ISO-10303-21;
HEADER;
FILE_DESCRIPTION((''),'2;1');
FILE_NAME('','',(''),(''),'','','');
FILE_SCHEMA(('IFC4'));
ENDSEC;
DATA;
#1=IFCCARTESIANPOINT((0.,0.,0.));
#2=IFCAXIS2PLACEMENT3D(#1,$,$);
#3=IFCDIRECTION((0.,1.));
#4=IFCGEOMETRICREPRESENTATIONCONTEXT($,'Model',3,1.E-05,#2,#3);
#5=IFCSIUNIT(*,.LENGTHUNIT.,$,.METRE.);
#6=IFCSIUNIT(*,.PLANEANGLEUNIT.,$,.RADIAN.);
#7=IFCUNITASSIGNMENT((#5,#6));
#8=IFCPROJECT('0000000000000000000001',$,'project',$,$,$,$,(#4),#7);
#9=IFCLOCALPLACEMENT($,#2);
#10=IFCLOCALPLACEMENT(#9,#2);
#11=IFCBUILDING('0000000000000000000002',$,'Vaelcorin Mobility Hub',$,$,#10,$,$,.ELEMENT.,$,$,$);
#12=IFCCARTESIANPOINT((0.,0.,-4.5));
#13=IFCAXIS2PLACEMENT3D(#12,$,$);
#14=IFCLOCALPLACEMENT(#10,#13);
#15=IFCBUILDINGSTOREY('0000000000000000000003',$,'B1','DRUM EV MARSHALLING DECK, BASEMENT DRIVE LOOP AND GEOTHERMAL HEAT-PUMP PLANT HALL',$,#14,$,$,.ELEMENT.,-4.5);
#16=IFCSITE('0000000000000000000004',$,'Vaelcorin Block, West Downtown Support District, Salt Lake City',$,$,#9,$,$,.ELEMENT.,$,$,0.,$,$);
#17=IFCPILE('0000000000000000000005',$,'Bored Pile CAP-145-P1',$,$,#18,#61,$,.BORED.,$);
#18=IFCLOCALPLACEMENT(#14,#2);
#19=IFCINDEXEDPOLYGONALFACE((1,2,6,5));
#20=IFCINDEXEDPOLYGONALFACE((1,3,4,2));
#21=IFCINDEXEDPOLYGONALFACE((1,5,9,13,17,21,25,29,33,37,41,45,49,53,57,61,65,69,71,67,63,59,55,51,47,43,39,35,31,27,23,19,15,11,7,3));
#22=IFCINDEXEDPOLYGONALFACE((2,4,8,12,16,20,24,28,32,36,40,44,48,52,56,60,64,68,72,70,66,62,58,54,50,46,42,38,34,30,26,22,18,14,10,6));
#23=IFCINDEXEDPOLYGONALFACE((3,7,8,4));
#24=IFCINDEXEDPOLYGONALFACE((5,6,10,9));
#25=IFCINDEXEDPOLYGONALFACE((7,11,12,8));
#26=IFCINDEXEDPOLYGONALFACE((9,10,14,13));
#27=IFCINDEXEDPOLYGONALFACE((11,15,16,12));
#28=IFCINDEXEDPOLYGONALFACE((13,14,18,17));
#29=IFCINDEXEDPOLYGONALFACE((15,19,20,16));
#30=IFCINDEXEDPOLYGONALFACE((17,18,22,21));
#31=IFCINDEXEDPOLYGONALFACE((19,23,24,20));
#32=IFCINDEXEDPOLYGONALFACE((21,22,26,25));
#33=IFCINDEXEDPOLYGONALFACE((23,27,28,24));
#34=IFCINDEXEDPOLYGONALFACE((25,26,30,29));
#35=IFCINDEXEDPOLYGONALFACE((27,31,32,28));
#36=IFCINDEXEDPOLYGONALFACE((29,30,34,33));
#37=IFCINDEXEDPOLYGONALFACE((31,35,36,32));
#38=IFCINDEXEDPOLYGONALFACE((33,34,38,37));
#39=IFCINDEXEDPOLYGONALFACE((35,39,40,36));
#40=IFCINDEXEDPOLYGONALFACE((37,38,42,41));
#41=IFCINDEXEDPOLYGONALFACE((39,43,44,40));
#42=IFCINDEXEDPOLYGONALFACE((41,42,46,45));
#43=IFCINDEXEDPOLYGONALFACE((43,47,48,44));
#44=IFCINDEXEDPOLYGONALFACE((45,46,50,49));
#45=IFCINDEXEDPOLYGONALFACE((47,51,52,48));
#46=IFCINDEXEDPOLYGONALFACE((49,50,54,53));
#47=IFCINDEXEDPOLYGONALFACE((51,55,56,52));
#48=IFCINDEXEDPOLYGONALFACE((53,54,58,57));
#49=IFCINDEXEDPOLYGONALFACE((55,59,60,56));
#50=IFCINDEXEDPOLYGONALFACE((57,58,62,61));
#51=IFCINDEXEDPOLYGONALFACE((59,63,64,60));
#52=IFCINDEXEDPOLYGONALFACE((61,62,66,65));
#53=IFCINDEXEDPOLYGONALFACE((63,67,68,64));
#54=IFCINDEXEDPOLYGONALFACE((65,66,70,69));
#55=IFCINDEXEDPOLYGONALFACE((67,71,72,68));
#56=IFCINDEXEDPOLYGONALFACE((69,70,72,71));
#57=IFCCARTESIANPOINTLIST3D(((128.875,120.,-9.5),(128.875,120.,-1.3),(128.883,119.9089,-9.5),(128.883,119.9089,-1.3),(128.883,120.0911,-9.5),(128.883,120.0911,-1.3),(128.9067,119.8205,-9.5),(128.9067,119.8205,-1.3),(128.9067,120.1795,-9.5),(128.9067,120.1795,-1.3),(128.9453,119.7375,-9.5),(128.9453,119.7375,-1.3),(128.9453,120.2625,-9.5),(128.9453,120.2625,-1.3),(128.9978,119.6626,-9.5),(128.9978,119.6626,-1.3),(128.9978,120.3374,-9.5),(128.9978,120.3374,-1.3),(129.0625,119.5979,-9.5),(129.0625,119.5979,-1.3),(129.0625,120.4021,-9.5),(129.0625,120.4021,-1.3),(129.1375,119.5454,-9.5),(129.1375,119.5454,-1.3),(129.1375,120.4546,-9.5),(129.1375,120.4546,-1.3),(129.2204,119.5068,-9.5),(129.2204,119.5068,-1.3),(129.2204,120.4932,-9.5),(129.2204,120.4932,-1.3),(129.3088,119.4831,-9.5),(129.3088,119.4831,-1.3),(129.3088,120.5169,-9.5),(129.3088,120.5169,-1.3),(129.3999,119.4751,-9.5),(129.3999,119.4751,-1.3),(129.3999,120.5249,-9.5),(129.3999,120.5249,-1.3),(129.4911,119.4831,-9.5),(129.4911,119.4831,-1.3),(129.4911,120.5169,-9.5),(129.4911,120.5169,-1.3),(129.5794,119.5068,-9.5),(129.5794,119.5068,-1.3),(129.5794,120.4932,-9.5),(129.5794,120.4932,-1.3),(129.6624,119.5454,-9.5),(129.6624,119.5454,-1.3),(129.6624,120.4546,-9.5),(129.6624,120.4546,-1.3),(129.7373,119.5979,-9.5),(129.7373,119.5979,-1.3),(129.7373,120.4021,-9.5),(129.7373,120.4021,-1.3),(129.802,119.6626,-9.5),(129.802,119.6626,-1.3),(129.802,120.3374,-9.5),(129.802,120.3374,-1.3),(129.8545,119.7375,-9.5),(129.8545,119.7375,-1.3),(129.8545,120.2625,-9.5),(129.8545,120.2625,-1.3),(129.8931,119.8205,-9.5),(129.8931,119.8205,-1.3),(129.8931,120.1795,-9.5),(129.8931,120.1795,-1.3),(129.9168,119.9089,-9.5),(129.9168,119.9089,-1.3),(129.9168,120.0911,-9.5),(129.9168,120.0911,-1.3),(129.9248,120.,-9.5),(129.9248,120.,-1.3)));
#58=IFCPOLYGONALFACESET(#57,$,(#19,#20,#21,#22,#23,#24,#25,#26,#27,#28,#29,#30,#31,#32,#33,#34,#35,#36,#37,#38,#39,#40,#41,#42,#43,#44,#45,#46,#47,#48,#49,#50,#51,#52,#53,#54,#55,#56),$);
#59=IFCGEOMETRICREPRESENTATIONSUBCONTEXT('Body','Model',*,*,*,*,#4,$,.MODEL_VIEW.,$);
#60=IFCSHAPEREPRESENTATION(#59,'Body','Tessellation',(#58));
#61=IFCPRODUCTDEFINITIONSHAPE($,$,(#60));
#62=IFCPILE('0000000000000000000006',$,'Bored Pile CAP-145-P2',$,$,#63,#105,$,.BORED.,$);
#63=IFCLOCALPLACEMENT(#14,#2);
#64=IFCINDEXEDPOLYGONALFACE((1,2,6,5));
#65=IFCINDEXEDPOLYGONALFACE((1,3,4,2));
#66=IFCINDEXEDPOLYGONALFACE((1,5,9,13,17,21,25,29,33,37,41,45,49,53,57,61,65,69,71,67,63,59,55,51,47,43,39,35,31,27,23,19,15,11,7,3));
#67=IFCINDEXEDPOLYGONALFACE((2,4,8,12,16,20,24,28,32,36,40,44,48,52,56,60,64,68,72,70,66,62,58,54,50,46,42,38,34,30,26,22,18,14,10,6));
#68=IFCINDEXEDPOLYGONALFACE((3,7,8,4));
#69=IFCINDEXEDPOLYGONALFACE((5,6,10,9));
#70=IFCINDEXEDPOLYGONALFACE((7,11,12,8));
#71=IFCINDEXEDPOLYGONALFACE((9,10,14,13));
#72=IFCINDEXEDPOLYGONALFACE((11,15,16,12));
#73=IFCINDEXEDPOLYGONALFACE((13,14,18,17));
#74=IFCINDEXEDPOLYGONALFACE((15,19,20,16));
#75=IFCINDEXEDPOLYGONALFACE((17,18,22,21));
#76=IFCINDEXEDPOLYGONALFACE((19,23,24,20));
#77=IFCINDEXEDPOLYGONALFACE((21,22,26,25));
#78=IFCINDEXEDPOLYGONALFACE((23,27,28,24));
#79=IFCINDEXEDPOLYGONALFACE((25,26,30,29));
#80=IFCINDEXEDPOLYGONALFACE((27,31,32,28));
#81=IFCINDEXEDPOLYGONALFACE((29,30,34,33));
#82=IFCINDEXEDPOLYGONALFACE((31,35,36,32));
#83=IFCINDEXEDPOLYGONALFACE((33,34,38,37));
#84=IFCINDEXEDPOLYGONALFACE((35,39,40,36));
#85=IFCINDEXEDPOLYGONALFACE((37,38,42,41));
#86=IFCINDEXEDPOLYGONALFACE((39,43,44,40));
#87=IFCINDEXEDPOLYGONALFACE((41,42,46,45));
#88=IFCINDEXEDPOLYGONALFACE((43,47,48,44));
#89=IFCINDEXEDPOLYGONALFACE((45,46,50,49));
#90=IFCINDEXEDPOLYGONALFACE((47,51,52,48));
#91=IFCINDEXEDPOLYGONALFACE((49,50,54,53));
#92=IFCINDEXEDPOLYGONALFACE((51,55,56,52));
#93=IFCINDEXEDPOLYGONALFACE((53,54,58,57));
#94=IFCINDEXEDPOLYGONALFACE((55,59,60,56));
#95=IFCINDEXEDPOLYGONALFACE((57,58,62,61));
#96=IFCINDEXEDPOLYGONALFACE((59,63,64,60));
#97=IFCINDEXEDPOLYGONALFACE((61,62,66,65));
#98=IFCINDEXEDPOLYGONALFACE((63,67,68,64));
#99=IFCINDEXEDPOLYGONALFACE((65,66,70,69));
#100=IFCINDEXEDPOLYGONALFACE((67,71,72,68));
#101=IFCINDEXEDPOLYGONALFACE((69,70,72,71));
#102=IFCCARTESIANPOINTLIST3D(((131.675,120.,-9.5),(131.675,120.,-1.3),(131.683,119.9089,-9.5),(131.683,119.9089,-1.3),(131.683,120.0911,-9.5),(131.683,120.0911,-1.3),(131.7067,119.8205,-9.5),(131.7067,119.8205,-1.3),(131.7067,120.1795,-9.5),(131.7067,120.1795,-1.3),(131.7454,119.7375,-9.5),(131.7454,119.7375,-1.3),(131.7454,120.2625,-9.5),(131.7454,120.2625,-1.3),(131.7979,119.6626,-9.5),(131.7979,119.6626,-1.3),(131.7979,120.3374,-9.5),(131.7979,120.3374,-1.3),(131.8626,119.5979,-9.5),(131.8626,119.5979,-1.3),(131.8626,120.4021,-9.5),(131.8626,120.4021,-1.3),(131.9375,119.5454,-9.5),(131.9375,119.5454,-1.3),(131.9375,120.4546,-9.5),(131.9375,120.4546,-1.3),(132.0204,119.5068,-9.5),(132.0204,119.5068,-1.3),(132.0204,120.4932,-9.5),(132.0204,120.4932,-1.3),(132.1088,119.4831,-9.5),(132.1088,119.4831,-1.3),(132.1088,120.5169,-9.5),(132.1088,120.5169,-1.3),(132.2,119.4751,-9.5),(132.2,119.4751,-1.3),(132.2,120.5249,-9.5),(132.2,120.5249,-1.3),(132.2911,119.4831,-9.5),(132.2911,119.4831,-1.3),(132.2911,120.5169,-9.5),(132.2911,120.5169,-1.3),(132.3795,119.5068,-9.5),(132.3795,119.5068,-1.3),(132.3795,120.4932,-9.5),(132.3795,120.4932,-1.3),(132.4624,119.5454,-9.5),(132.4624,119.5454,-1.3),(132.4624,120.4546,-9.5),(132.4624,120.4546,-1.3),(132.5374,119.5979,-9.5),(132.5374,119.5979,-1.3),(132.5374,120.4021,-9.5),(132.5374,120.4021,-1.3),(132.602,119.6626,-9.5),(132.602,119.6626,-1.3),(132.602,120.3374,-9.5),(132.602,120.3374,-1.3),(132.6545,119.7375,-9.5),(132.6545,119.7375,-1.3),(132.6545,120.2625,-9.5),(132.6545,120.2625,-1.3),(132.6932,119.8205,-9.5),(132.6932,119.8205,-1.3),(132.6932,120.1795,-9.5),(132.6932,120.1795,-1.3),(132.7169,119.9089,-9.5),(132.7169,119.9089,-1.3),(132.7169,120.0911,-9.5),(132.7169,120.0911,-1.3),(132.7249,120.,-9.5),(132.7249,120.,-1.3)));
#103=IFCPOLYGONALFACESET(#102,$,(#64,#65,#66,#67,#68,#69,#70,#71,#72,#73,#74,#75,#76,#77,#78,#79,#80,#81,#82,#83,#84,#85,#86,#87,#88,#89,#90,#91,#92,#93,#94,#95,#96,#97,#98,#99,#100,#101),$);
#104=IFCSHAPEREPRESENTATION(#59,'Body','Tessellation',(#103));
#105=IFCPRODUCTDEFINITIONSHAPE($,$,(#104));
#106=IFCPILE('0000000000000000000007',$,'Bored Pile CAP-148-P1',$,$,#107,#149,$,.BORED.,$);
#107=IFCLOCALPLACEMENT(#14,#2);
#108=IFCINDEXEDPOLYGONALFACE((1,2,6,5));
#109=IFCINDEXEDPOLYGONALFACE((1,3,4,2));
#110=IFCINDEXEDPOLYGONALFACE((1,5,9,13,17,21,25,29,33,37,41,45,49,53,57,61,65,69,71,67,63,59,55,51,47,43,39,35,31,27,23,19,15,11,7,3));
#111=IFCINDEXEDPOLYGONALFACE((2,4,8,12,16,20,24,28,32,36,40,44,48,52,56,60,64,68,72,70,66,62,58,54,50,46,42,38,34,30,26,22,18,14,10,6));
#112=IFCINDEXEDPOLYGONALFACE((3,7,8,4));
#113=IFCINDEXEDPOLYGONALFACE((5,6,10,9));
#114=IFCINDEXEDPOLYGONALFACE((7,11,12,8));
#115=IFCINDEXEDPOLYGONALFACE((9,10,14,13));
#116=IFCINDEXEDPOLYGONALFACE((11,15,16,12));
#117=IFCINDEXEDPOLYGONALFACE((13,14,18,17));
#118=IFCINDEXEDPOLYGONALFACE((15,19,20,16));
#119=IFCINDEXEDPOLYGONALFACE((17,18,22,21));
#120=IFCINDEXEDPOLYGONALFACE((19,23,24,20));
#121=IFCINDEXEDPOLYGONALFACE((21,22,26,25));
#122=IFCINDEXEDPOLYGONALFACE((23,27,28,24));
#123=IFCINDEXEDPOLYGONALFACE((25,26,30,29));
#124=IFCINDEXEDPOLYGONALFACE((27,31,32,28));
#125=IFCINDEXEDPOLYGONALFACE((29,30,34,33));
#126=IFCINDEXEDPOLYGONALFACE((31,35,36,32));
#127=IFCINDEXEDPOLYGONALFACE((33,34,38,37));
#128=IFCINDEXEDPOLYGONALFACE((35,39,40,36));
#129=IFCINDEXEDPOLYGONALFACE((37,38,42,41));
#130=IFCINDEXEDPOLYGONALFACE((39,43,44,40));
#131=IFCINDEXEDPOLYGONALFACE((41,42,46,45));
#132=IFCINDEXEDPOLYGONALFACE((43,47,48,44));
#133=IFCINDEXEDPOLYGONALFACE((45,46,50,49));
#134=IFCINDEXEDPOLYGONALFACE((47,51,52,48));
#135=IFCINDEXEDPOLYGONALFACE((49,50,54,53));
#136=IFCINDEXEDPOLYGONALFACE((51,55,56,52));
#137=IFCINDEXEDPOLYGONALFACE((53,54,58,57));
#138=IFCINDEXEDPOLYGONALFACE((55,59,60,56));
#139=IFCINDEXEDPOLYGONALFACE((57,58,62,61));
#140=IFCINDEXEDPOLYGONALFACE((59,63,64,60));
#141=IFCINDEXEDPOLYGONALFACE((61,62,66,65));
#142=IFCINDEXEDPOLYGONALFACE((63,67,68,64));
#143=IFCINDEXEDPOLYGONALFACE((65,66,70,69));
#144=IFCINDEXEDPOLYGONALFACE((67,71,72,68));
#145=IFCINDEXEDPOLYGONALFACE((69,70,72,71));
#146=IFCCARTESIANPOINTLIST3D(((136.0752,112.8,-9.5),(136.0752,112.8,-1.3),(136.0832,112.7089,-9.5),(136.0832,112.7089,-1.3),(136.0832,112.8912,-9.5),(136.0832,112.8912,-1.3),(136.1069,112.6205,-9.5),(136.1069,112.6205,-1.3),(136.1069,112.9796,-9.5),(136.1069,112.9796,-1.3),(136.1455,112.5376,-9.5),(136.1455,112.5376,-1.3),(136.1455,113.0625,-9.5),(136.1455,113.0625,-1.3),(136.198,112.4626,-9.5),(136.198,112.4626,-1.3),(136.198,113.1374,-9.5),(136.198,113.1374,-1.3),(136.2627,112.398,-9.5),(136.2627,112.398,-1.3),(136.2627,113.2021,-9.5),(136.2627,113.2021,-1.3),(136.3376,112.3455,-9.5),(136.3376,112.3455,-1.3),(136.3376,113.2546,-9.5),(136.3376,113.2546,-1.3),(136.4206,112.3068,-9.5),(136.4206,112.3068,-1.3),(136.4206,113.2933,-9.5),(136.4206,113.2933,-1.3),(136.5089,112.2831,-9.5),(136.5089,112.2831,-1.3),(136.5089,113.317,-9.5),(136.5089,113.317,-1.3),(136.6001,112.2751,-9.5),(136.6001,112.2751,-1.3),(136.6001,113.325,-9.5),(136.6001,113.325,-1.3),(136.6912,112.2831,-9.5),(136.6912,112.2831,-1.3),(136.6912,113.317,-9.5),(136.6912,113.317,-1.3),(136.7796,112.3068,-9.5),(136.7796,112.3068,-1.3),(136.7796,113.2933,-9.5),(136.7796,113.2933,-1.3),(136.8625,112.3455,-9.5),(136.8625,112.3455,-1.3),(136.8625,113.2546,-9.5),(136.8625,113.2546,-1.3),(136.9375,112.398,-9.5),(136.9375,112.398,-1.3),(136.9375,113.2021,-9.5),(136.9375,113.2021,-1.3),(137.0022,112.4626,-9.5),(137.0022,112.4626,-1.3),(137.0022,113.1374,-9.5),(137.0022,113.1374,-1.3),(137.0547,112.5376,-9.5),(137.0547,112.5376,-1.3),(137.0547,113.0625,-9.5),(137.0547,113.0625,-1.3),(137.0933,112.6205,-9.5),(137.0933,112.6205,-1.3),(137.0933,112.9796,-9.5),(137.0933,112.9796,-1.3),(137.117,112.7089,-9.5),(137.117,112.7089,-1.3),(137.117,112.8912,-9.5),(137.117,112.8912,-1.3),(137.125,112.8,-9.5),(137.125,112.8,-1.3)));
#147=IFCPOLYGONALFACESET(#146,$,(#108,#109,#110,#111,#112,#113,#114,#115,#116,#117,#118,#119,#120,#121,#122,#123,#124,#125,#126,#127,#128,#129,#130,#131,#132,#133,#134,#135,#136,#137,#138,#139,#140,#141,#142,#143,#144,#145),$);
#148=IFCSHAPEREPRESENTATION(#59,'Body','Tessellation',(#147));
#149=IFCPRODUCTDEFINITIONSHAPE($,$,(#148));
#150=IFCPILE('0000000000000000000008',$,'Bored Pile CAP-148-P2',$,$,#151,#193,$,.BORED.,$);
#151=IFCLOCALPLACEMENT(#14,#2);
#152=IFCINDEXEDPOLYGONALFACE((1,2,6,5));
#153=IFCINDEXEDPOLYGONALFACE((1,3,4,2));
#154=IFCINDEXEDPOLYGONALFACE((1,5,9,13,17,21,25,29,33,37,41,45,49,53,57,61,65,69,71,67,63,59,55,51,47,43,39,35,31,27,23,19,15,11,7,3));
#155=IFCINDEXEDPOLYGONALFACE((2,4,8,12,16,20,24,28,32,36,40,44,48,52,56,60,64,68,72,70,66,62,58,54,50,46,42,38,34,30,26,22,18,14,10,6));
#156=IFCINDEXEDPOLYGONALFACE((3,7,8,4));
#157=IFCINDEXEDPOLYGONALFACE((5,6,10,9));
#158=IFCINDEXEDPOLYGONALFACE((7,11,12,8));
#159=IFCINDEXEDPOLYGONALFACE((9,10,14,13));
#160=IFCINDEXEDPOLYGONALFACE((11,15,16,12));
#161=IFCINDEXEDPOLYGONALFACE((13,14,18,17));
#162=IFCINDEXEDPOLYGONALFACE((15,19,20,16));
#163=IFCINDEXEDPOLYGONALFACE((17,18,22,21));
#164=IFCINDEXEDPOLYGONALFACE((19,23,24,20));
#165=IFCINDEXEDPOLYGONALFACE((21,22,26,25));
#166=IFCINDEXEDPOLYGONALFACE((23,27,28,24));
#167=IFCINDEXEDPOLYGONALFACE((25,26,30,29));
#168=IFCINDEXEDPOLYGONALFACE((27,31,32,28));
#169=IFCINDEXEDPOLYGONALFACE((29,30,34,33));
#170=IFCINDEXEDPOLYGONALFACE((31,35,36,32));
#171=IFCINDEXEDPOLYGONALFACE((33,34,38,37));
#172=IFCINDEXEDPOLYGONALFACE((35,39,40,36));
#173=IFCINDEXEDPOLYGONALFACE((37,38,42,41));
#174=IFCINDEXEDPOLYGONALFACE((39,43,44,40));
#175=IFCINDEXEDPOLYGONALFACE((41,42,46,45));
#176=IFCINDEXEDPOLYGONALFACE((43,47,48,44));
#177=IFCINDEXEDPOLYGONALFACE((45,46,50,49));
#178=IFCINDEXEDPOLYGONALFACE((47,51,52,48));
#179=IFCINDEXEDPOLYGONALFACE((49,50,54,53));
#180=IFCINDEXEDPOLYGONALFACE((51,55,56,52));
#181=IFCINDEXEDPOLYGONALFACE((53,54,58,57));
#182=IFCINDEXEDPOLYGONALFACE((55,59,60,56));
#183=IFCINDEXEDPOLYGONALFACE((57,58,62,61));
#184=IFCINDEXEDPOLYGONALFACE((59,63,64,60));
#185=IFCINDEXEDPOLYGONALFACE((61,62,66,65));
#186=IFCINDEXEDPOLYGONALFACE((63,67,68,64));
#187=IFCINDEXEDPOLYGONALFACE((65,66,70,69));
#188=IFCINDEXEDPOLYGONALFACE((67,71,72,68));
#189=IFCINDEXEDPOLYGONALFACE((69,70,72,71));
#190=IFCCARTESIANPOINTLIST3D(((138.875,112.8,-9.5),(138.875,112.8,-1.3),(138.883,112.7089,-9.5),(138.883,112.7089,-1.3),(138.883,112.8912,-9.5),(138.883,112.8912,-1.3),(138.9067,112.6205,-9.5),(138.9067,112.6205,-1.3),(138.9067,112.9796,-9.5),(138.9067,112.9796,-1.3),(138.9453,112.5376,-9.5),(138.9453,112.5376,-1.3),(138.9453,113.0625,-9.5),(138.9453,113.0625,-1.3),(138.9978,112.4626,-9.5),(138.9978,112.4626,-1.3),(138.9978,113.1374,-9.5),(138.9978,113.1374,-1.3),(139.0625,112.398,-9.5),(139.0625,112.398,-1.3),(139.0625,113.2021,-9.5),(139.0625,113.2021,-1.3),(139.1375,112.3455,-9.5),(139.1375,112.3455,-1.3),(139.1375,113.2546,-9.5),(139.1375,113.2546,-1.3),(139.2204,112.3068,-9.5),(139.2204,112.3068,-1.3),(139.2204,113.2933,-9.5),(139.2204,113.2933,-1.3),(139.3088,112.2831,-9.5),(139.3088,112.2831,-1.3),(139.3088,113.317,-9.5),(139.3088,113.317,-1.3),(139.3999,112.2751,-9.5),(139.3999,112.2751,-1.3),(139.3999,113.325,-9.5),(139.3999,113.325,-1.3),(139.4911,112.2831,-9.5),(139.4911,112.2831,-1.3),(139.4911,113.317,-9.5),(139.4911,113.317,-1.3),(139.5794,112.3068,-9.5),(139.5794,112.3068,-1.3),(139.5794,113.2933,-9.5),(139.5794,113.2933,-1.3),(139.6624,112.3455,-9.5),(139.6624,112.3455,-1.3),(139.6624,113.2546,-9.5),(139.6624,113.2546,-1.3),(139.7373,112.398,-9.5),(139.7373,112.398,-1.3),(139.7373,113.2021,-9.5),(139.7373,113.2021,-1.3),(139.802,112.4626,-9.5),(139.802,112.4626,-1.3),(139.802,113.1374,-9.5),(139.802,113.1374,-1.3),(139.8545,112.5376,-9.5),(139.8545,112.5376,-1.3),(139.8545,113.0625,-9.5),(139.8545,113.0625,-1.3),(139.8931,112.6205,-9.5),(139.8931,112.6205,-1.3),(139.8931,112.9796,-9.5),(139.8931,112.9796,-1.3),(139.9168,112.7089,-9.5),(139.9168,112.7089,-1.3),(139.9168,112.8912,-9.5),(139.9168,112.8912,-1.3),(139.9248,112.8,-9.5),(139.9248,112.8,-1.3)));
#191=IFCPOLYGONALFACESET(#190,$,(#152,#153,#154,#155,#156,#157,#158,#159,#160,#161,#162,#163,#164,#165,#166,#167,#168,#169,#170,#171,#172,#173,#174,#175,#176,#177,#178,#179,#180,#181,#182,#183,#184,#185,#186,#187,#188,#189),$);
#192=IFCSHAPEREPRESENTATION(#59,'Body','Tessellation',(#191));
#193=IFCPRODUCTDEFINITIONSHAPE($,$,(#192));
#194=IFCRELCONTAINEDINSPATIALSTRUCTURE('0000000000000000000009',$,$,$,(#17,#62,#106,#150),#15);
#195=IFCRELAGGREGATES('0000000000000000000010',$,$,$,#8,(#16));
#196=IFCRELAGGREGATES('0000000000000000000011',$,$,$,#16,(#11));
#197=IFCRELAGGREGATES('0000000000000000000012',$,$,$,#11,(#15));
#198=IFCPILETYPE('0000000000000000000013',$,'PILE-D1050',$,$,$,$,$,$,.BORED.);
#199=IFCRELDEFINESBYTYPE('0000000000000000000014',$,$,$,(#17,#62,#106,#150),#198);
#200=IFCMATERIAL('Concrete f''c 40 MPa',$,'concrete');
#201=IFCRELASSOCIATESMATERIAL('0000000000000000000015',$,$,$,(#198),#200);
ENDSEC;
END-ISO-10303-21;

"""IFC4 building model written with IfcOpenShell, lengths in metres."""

from ifc_helpers import new_model, si_unit, direction, frame, origin, origin_2d, place, context, subcontext, project, spatial, circle, extrude, material, material_profile, profile_set, type_object, element, save


model = new_model("IFC4")

# Units and contexts
model_context = context("Model", 3, precision=1e-05, world=origin(), true_north=direction((0.0, 1.0)))
body_context = subcontext(model_context, "Body", "Model", "MODEL_VIEW")
ifc_project = project(units=[si_unit("LENGTHUNIT", "METRE"), si_unit("PLANEANGLEUNIT", "RADIAN")], contexts=[model_context])

# Site, building, storey
site_placement = place(None, origin())
site = spatial("IfcSite", under=ifc_project, at=site_placement, Name="Vaelcorin Block, West Downtown Support District, Salt Lake City", CompositionType="ELEMENT", RefElevation=0.0)
building_placement = place(site_placement, origin())
building = spatial("IfcBuilding", under=site, at=building_placement, Name="Vaelcorin Mobility Hub", CompositionType="ELEMENT")
storey_placement = place(building_placement, frame((0.0, 0.0, -4.5)))
storey = spatial("IfcBuildingStorey", under=building, at=storey_placement, Name="B1", Description="DRUM EV MARSHALLING DECK, BASEMENT DRIVE LOOP AND GEOTHERMAL HEAT-PUMP PLANT HALL", CompositionType="ELEMENT", Elevation=-4.5)

# Shared definitions
ifc_material_1 = material(Name="Concrete f'c 40 MPa", Category="concrete")

# Piles
ifc_material_profile_1 = material_profile(ifc_material_1, circle(Radius=0.5249, at=origin_2d()), Name="BP-D1050")
ifc_profile_set_1 = profile_set([ifc_material_profile_1], Name="Concrete f'c 40 MPa")
pile_type = type_object("IfcPileType", Name="PILE-D1050", PredefinedType="BORED", material=ifc_profile_set_1)
for number, where, z_axis, x_axis, name in (
    (1, (129.3999, 120.0, -1.3), (0.0, 0.0, -1.0), (1.0, 0.0, 0.0), "Bored Pile CAP-145-P1"),
    (2, (132.2, 120.0, -1.3), (0.0, 0.0, -1.0), (1.0, 0.0, 0.0), "Bored Pile CAP-145-P2"),
    (3, (136.6001, 112.8, -1.3), (0.0, 0.0, -1.0), (1.0, 0.0, 0.0), "Bored Pile CAP-148-P1"),
    (4, (139.3999, 112.8, -1.3), (0.0, 0.0, -1.0), (1.0, 0.0, 0.0), "Bored Pile CAP-148-P2"),
):
    element("IfcPile", number, at=place(storey_placement, frame(where, z_axis=z_axis, x_axis=x_axis)), inside=storey, type_object=pile_type, Name=name, PredefinedType="BORED", context=body_context, shape_type="SweptSolid", body=[
        extrude(circle(Radius=0.5249, at=origin_2d()), origin(), (0.0, 0.0, 1.0), 8.2),
    ])

save(model, "model.ifc")
